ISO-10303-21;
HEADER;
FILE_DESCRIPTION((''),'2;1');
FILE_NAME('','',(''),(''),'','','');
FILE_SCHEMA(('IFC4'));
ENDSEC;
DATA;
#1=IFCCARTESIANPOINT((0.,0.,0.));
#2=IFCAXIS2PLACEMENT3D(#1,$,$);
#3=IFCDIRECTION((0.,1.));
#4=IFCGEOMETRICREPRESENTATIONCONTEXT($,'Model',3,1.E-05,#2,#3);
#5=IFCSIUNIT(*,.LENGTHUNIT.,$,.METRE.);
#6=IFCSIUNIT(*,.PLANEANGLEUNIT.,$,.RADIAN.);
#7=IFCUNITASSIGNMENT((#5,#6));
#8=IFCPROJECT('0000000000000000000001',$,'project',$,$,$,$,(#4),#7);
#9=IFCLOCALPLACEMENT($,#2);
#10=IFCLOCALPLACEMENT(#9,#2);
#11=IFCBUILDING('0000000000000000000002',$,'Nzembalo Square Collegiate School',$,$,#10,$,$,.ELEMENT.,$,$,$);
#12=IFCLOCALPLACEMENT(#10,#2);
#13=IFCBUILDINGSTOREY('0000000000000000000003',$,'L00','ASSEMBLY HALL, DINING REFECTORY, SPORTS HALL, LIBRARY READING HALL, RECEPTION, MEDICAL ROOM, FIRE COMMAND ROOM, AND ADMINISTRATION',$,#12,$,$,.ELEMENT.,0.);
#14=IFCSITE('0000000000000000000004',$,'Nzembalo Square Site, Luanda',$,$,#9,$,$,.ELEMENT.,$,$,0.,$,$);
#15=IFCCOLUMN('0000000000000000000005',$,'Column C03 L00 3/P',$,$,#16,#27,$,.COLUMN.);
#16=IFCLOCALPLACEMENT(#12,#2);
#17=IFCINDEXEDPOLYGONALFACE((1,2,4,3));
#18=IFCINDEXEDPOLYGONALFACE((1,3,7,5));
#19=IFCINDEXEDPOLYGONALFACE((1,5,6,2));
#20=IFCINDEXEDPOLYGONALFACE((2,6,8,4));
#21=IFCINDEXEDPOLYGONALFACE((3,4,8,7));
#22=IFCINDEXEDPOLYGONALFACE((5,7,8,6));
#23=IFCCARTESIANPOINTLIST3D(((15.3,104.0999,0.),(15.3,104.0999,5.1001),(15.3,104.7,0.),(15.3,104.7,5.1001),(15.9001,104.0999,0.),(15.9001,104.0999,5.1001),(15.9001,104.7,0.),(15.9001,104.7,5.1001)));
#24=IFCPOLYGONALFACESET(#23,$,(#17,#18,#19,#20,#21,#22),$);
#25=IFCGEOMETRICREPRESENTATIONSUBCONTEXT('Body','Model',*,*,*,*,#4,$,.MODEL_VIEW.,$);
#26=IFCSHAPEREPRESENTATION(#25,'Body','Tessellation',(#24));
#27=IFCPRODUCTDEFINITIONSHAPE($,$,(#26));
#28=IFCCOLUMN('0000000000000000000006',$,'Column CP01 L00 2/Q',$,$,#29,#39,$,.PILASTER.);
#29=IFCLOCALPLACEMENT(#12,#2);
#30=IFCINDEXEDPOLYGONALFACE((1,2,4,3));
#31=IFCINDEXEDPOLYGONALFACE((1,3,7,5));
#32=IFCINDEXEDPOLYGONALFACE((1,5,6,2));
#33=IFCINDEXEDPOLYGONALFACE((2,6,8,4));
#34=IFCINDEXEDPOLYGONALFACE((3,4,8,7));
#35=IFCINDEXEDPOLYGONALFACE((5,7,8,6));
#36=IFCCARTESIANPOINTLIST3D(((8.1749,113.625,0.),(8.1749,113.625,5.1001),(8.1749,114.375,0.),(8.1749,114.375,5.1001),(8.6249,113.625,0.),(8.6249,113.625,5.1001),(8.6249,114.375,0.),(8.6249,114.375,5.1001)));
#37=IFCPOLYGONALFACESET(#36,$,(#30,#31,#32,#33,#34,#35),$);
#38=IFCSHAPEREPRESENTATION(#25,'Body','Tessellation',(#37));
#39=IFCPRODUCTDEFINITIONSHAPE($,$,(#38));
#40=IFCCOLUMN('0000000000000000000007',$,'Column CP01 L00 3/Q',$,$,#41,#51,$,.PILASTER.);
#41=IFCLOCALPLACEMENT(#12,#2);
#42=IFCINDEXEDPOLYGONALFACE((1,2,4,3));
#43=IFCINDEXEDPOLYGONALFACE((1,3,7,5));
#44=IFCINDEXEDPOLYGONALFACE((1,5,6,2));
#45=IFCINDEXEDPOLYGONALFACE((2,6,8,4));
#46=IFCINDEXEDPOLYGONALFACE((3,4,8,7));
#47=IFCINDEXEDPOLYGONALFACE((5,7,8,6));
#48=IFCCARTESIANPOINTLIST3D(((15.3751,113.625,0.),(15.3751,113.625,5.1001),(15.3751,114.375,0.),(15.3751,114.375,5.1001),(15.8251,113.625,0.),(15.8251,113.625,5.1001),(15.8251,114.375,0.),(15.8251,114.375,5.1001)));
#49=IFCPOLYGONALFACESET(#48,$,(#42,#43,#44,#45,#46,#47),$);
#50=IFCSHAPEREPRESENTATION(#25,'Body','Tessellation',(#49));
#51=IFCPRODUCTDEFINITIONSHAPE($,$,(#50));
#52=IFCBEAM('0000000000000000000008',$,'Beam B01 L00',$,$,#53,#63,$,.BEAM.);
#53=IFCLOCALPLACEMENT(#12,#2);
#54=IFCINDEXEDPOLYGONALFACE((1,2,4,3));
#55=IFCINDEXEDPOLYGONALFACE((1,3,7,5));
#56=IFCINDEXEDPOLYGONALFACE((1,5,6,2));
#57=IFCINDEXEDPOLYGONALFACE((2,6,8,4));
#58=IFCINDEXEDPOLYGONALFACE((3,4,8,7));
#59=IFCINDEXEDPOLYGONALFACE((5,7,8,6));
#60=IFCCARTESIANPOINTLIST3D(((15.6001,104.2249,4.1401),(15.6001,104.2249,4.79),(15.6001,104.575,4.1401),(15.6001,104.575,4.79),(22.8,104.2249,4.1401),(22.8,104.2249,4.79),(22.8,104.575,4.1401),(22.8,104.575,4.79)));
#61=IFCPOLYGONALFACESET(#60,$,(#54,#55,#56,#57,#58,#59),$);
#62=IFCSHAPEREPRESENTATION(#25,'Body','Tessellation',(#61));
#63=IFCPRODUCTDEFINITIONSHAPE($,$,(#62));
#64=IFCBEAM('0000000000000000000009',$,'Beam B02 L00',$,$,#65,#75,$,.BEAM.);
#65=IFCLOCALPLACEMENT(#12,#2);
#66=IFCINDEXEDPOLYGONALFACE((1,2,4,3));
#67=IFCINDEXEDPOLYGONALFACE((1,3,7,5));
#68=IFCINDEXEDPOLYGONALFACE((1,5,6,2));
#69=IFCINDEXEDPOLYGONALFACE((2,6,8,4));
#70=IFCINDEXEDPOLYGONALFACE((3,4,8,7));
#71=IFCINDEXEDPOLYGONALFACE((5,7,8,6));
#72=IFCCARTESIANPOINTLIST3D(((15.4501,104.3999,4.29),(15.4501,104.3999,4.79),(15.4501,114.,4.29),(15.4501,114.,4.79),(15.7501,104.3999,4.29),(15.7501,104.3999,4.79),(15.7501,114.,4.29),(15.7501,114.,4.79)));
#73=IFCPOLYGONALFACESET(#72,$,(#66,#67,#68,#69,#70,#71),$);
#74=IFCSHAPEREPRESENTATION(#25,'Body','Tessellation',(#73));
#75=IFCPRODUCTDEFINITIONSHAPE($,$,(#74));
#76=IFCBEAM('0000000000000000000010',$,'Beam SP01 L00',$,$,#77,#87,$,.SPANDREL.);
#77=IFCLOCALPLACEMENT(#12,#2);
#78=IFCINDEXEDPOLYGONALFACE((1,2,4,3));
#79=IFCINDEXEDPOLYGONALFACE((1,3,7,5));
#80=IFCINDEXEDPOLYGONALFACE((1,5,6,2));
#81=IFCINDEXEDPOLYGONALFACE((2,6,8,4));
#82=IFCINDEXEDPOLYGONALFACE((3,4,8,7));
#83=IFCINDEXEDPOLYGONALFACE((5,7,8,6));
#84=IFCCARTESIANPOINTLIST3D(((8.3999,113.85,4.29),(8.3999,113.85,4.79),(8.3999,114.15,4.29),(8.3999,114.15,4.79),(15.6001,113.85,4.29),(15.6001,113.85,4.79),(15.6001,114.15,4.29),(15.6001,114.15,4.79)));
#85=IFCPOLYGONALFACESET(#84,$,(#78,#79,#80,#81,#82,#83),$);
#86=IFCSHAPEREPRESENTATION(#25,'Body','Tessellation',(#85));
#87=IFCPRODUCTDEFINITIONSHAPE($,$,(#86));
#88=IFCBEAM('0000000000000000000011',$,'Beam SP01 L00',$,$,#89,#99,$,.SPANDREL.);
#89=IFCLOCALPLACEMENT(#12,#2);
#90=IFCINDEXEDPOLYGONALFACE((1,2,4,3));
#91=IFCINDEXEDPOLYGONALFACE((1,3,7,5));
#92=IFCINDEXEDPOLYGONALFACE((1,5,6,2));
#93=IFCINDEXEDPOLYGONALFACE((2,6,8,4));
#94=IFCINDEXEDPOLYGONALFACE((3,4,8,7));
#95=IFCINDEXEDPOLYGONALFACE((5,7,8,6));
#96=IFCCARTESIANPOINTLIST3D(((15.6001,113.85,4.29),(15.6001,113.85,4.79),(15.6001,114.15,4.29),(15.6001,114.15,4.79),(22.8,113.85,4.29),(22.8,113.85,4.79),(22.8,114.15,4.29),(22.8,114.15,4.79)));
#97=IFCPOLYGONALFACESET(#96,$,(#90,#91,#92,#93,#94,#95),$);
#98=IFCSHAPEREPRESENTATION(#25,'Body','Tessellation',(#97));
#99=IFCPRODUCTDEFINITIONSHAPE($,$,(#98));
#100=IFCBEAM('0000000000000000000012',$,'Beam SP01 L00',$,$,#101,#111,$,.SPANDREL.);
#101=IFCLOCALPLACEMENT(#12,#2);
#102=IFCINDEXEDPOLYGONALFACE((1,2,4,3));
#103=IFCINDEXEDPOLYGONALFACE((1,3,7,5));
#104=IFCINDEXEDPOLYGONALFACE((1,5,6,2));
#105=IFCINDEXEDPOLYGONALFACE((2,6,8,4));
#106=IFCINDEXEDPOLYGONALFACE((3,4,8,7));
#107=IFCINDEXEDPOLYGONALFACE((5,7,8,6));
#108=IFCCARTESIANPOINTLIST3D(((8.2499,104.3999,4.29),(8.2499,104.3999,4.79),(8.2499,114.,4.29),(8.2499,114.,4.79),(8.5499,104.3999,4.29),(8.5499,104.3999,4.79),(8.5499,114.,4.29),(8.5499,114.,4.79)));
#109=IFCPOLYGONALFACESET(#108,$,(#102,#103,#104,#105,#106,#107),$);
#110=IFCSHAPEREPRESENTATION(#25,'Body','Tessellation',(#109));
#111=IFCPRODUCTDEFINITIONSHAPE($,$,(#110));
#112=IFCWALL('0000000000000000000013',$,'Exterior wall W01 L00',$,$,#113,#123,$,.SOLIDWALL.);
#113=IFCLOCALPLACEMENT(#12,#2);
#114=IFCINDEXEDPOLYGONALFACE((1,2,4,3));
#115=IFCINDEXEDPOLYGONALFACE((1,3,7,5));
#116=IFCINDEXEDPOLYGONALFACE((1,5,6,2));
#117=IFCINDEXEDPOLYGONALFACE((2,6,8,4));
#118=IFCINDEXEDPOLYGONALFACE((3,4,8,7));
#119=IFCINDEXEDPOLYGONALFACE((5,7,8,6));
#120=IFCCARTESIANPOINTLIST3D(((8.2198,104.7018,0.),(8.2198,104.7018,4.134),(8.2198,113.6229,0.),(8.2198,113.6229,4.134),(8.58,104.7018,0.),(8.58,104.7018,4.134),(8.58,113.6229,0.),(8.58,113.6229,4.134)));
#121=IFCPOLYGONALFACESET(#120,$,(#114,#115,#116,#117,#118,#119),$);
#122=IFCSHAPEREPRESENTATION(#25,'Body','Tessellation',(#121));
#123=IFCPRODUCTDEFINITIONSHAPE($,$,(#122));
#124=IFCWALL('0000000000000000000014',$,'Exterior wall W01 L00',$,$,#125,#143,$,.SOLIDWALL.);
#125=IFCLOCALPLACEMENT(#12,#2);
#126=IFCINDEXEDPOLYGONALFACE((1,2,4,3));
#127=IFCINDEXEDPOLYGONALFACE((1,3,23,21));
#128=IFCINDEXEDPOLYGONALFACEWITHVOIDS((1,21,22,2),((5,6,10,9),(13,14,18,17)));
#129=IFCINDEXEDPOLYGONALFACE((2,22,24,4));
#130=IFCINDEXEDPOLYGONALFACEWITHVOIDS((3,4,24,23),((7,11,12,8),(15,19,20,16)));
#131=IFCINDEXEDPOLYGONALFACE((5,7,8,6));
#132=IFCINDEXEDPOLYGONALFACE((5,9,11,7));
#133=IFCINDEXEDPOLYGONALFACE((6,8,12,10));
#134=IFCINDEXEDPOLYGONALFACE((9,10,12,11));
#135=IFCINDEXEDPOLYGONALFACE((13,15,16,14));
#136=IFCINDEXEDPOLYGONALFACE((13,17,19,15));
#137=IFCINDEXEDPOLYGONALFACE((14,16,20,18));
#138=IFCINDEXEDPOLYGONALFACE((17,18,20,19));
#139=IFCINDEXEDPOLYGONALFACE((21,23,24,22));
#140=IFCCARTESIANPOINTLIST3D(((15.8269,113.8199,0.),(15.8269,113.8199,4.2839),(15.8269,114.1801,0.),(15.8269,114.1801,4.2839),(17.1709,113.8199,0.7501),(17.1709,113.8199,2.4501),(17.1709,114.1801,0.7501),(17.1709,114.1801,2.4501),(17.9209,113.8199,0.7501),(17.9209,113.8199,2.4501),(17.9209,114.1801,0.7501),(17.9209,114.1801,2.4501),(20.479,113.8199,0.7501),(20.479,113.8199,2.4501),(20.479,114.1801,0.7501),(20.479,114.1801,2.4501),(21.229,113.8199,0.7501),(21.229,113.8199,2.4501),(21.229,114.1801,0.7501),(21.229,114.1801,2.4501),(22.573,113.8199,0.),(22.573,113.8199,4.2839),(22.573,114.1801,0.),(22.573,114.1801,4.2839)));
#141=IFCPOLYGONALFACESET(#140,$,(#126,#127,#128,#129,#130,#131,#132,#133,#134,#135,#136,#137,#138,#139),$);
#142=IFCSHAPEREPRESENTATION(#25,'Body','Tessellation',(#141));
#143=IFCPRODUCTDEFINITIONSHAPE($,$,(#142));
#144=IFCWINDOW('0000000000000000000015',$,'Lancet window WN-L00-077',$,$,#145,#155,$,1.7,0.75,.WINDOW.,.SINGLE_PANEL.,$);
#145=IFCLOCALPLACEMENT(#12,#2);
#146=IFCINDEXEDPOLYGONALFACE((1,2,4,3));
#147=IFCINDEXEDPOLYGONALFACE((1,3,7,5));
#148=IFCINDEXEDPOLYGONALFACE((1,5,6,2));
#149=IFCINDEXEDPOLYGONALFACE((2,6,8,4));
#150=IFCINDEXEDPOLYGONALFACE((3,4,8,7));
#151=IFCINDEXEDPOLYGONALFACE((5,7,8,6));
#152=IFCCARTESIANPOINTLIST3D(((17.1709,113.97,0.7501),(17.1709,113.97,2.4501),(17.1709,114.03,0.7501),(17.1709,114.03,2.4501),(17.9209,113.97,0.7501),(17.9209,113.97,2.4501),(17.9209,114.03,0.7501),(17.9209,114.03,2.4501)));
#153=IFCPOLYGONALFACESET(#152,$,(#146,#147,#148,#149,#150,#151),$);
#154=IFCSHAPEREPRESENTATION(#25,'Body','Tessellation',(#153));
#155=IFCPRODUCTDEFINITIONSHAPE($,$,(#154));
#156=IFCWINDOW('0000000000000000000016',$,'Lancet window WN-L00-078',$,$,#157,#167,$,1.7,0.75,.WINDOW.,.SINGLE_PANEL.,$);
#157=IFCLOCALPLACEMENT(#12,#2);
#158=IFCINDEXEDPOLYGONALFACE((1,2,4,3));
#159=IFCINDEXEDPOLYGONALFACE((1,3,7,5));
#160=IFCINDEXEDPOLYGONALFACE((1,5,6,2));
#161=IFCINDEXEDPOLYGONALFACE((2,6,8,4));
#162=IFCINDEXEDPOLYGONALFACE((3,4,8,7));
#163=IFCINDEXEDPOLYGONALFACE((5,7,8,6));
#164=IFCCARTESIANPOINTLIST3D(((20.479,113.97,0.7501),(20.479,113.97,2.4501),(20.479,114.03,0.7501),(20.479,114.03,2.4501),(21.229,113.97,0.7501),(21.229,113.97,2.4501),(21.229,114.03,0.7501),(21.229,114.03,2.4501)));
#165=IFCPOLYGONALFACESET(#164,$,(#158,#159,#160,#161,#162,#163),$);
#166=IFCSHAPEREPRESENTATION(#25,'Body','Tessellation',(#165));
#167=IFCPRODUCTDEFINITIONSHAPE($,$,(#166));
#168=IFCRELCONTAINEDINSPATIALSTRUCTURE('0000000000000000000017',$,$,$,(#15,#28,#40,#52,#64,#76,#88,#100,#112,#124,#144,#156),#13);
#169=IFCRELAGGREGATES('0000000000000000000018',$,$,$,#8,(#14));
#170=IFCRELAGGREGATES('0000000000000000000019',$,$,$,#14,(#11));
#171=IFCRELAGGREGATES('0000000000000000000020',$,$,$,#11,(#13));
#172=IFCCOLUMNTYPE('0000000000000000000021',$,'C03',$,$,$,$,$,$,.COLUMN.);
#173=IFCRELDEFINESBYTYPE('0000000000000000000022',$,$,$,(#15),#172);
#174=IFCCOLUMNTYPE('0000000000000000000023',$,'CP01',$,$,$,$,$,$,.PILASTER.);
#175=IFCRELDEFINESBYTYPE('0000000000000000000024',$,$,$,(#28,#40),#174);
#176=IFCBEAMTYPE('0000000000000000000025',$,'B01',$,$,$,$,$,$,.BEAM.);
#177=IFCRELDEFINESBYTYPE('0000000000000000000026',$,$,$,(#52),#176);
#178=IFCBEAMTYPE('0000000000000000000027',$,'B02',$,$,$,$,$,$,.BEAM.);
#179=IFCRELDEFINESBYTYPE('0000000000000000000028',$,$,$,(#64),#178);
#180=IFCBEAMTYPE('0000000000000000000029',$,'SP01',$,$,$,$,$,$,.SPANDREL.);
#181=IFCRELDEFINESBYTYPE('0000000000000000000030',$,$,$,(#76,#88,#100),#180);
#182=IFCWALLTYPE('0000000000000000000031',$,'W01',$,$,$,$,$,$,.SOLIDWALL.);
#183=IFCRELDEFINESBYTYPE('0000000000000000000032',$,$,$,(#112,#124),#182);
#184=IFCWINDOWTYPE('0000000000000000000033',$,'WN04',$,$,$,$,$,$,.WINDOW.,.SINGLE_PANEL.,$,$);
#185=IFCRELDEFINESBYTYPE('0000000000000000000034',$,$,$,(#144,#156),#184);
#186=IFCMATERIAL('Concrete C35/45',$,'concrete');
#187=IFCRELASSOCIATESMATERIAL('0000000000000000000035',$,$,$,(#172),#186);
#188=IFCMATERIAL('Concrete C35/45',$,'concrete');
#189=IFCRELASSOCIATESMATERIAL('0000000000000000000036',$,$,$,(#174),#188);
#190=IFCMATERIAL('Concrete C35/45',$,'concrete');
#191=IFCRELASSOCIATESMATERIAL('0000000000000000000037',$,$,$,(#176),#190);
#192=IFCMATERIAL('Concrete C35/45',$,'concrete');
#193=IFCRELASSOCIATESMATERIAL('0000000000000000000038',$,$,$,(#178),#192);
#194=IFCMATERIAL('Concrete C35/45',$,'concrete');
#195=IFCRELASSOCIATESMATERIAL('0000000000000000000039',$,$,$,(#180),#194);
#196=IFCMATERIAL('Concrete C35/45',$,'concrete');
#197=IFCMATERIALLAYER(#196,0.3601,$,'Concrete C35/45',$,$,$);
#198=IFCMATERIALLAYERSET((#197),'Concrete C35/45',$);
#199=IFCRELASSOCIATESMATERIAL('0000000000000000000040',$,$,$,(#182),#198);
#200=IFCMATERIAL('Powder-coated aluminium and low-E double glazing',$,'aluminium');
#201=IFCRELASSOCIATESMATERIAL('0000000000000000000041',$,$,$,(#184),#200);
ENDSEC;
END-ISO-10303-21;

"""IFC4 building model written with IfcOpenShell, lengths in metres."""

from ifc_helpers import new_model, si_unit, direction, frame, frame_2d, origin, origin_2d, place, context, subcontext, project, spatial, rectangle, extrude, material, layer, layer_set, material_profile, profile_set, type_object, element, fill, save


model = new_model("IFC4")

# Units and contexts
model_context = context("Model", 3, precision=1e-05, world=origin(), true_north=direction((0.0, 1.0)))
body_context = subcontext(model_context, "Body", "Model", "MODEL_VIEW")
ifc_project = project(units=[si_unit("LENGTHUNIT", "METRE"), si_unit("PLANEANGLEUNIT", "RADIAN")], contexts=[model_context])

# Site, building, storey
site_placement = place(None, origin())
site = spatial("IfcSite", under=ifc_project, at=site_placement, Name="Nzembalo Square Site, Luanda", CompositionType="ELEMENT", RefElevation=0.0)
building_placement = place(site_placement, origin())
building = spatial("IfcBuilding", under=site, at=building_placement, Name="Nzembalo Square Collegiate School", CompositionType="ELEMENT")
storey_placement = place(building_placement, origin())
storey = spatial("IfcBuildingStorey", under=building, at=storey_placement, Name="L00", Description="ASSEMBLY HALL, DINING REFECTORY, SPORTS HALL, LIBRARY READING HALL, RECEPTION, MEDICAL ROOM, FIRE COMMAND ROOM, AND ADMINISTRATION", CompositionType="ELEMENT", Elevation=0.0)

# Columns
ifc_material_1 = material(Name="Concrete C35/45", Category="concrete")
ifc_material_profile_1 = material_profile(ifc_material_1, rectangle(XDim=0.6001, YDim=0.6001, at=origin_2d()), Name="RC 600x600")
ifc_profile_set_1 = profile_set([ifc_material_profile_1], Name="Concrete C35/45")
column_type_1 = type_object("IfcColumnType", Name="C03", PredefinedType="COLUMN", material=ifc_profile_set_1)
column_placement = place(storey_placement, frame((15.6001, 104.3999, 0.0), z_axis=(0.0, 0.0, 1.0), x_axis=(1.0, 0.0, 0.0)))
element("IfcColumn", 1, at=column_placement, inside=storey, type_object=column_type_1, Name="Column C03 L00 3/P", PredefinedType="COLUMN", context=body_context, shape_type="SweptSolid", body=[
    extrude(rectangle(XDim=0.6001, YDim=0.6001, at=origin_2d()), origin(), (0.0, 0.0, 1.0), 5.1001),
])
ifc_material_2 = material(Name="Concrete C35/45", Category="concrete")
ifc_material_profile_2 = material_profile(ifc_material_2, rectangle(XDim=0.45, YDim=0.75, at=origin_2d()), Name="RC 450x750")
ifc_profile_set_2 = profile_set([ifc_material_profile_2], Name="Concrete C35/45")
column_type_2 = type_object("IfcColumnType", Name="CP01", PredefinedType="PILASTER", material=ifc_profile_set_2)
for number, where, z_axis, x_axis, name in (
    (2, (8.3999, 114.0, 0.0), (0.0, 0.0, 1.0), (1.0, 0.0, 0.0), "Column CP01 L00 2/Q"),
    (3, (15.6001, 114.0, 0.0), (0.0, 0.0, 1.0), (1.0, 0.0, 0.0), "Column CP01 L00 3/Q"),
):
    element("IfcColumn", number, at=place(storey_placement, frame(where, z_axis=z_axis, x_axis=x_axis)), inside=storey, type_object=column_type_2, Name=name, PredefinedType="PILASTER", context=body_context, shape_type="SweptSolid", body=[
        extrude(rectangle(XDim=0.45, YDim=0.75, at=origin_2d()), origin(), (0.0, 0.0, 1.0), 5.1001),
    ])

# Beams
ifc_material_3 = material(Name="Concrete C35/45", Category="concrete")
ifc_material_profile_3 = material_profile(ifc_material_3, rectangle(XDim=0.3501, YDim=0.6499, at=origin_2d()), Name="RC 350x650")
ifc_profile_set_3 = profile_set([ifc_material_profile_3], Name="Concrete C35/45")
beam_type_1 = type_object("IfcBeamType", Name="B01", PredefinedType="BEAM", material=ifc_profile_set_3)
beam_1_placement = place(storey_placement, frame((15.6001, 104.3999, 4.4651), z_axis=(1.0, 0.0, 0.0), x_axis=(0.0, 1.0, 0.0)))
element("IfcBeam", 4, at=beam_1_placement, inside=storey, type_object=beam_type_1, Name="Beam B01 L00", PredefinedType="BEAM", context=body_context, shape_type="SweptSolid", body=[
    extrude(rectangle(XDim=0.3501, YDim=0.6499, at=origin_2d()), origin(), (0.0, 0.0, 1.0), 7.2),
])
ifc_material_4 = material(Name="Concrete C35/45", Category="concrete")
ifc_material_profile_4 = material_profile(ifc_material_4, rectangle(XDim=0.3, YDim=0.5, at=origin_2d()), Name="RC 300x500")
ifc_profile_set_4 = profile_set([ifc_material_profile_4], Name="Concrete C35/45")
beam_type_2 = type_object("IfcBeamType", Name="B02", PredefinedType="BEAM", material=ifc_profile_set_4)
beam_2_placement = place(storey_placement, frame((15.6001, 104.3999, 4.54), z_axis=(0.0, 1.0, 0.0), x_axis=(-1.0, 0.0, 0.0)))
element("IfcBeam", 5, at=beam_2_placement, inside=storey, type_object=beam_type_2, Name="Beam B02 L00", PredefinedType="BEAM", context=body_context, shape_type="SweptSolid", body=[
    extrude(rectangle(XDim=0.3, YDim=0.5, at=origin_2d()), origin(), (0.0, 0.0, 1.0), 9.6001),
])
ifc_material_5 = material(Name="Concrete C35/45", Category="concrete")
ifc_material_profile_5 = material_profile(ifc_material_5, rectangle(XDim=0.3, YDim=0.5, at=origin_2d()), Name="RC 300x500")
ifc_profile_set_5 = profile_set([ifc_material_profile_5], Name="Concrete C35/45")
beam_type_3 = type_object("IfcBeamType", Name="SP01", PredefinedType="SPANDREL", material=ifc_profile_set_5)
beam_3_placement = place(storey_placement, frame((8.3999, 114.0, 4.54), z_axis=(1.0, 0.0, 0.0), x_axis=(0.0, 1.0, 0.0)))
element("IfcBeam", 6, at=beam_3_placement, inside=storey, type_object=beam_type_3, Name="Beam SP01 L00", PredefinedType="SPANDREL", context=body_context, shape_type="SweptSolid", body=[
    extrude(rectangle(XDim=0.3, YDim=0.5, at=origin_2d()), origin(), (0.0, 0.0, 1.0), 7.2002),
])
beam_4_placement = place(storey_placement, frame((15.6001, 114.0, 4.54), z_axis=(1.0, 0.0, 0.0), x_axis=(0.0, 1.0, 0.0)))
element("IfcBeam", 7, at=beam_4_placement, inside=storey, type_object=beam_type_3, Name="Beam SP01 L00", PredefinedType="SPANDREL", context=body_context, shape_type="SweptSolid", body=[
    extrude(rectangle(XDim=0.3, YDim=0.5, at=origin_2d()), origin(), (0.0, 0.0, 1.0), 7.2),
])
beam_5_placement = place(storey_placement, frame((8.3999, 104.3999, 4.54), z_axis=(0.0, 1.0, 0.0), x_axis=(-1.0, 0.0, 0.0)))
element("IfcBeam", 8, at=beam_5_placement, inside=storey, type_object=beam_type_3, Name="Beam SP01 L00", PredefinedType="SPANDREL", context=body_context, shape_type="SweptSolid", body=[
    extrude(rectangle(XDim=0.3, YDim=0.5, at=origin_2d()), origin(), (0.0, 0.0, 1.0), 9.6001),
])

# Wall
ifc_material_6 = material(Name="Concrete C35/45", Category="concrete")
ifc_layer_1 = layer(ifc_material_6, 0.3601, Name="Concrete C35/45")
ifc_layer_set_1 = layer_set([ifc_layer_1], Name="Concrete C35/45")
wall_type_1 = type_object("IfcWallType", Name="W01", PredefinedType="SOLIDWALL", material=ifc_layer_set_1)
wall_1_placement = place(storey_placement, frame((8.3999, 104.7019, 0.0), z_axis=(0.0, 0.0, 1.0), x_axis=(0.0, 1.0, 0.0)))
element("IfcWall", 9, at=wall_1_placement, inside=storey, type_object=wall_type_1, Name="Exterior wall W01 L00", PredefinedType="SOLIDWALL", context=body_context, shape_type="SweptSolid", body=[
    extrude(rectangle(XDim=8.9211, YDim=0.3601, at=frame_2d((4.4604, 0.0))), origin(), (0.0, 0.0, 1.0), 4.134),
])

# Wall, openings, windows
wall_2_placement = place(storey_placement, frame((15.8269, 114.0, 0.0), z_axis=(0.0, 0.0, 1.0), x_axis=(1.0, 0.0, 0.0)))
wall_2 = element("IfcWall", 10, at=wall_2_placement, inside=storey, type_object=wall_type_1, Name="Exterior wall W01 L00", PredefinedType="SOLIDWALL", context=body_context, shape_type="SweptSolid", body=[
    extrude(rectangle(XDim=6.7461, YDim=0.3601, at=frame_2d((3.373, 0.0))), origin(), (0.0, 0.0, 1.0), 4.2839),
])
opening_1_placement = place(wall_2_placement, frame((1.344, 0.0, 0.75)))
opening_1 = element("IfcOpeningElement", 11, at=opening_1_placement, cuts=wall_2, PredefinedType="OPENING", context=body_context, shape_type="SweptSolid", body=[
    extrude(rectangle(XDim=0.75, YDim=1.7, at=frame_2d((0.375, 0.8501))), frame((0.0, 0.1899, 0.0), z_axis=(0.0, -1.0, 0.0), x_axis=(1.0, 0.0, 0.0)), (0.0, 0.0, 1.0), 0.3801),
])
opening_2_placement = place(wall_2_placement, frame((4.6521, 0.0, 0.75)))
opening_2 = element("IfcOpeningElement", 12, at=opening_2_placement, cuts=wall_2, PredefinedType="OPENING", context=body_context, shape_type="SweptSolid", body=[
    extrude(rectangle(XDim=0.75, YDim=1.7, at=frame_2d((0.375, 0.8501))), frame((0.0, 0.1899, 0.0), z_axis=(0.0, -1.0, 0.0), x_axis=(1.0, 0.0, 0.0)), (0.0, 0.0, 1.0), 0.3801),
])
ifc_material_7 = material(Name="Powder-coated aluminium and low-E double glazing", Category="aluminium")
window_type_1 = type_object("IfcWindowType", Name="WN04", PartitioningType="SINGLE_PANEL", PredefinedType="WINDOW", material=ifc_material_7)
window_1_placement = place(opening_1_placement, origin())
window_1 = element("IfcWindow", 13, at=window_1_placement, inside=storey, type_object=window_type_1, Name="Lancet window WN-L00-077", OverallHeight=1.7, OverallWidth=0.75, PartitioningType="SINGLE_PANEL", PredefinedType="WINDOW", context=body_context, shape_type="SweptSolid", body=[
    extrude(rectangle(XDim=0.75, YDim=1.7, at=frame_2d((0.375, 0.8501))), frame((0.0, 0.03, 0.0), z_axis=(0.0, -1.0, 0.0), x_axis=(1.0, 0.0, 0.0)), (0.0, 0.0, 1.0), 0.0601),
])
fill(opening_1, window_1)
window_2_placement = place(opening_2_placement, origin())
window_2 = element("IfcWindow", 14, at=window_2_placement, inside=storey, type_object=window_type_1, Name="Lancet window WN-L00-078", OverallHeight=1.7, OverallWidth=0.75, PartitioningType="SINGLE_PANEL", PredefinedType="WINDOW", context=body_context, shape_type="SweptSolid", body=[
    extrude(rectangle(XDim=0.75, YDim=1.7, at=frame_2d((0.375, 0.8501))), frame((0.0, 0.03, 0.0), z_axis=(0.0, -1.0, 0.0), x_axis=(1.0, 0.0, 0.0)), (0.0, 0.0, 1.0), 0.0601),
])
fill(opening_2, window_2)

save(model, "model.ifc")
